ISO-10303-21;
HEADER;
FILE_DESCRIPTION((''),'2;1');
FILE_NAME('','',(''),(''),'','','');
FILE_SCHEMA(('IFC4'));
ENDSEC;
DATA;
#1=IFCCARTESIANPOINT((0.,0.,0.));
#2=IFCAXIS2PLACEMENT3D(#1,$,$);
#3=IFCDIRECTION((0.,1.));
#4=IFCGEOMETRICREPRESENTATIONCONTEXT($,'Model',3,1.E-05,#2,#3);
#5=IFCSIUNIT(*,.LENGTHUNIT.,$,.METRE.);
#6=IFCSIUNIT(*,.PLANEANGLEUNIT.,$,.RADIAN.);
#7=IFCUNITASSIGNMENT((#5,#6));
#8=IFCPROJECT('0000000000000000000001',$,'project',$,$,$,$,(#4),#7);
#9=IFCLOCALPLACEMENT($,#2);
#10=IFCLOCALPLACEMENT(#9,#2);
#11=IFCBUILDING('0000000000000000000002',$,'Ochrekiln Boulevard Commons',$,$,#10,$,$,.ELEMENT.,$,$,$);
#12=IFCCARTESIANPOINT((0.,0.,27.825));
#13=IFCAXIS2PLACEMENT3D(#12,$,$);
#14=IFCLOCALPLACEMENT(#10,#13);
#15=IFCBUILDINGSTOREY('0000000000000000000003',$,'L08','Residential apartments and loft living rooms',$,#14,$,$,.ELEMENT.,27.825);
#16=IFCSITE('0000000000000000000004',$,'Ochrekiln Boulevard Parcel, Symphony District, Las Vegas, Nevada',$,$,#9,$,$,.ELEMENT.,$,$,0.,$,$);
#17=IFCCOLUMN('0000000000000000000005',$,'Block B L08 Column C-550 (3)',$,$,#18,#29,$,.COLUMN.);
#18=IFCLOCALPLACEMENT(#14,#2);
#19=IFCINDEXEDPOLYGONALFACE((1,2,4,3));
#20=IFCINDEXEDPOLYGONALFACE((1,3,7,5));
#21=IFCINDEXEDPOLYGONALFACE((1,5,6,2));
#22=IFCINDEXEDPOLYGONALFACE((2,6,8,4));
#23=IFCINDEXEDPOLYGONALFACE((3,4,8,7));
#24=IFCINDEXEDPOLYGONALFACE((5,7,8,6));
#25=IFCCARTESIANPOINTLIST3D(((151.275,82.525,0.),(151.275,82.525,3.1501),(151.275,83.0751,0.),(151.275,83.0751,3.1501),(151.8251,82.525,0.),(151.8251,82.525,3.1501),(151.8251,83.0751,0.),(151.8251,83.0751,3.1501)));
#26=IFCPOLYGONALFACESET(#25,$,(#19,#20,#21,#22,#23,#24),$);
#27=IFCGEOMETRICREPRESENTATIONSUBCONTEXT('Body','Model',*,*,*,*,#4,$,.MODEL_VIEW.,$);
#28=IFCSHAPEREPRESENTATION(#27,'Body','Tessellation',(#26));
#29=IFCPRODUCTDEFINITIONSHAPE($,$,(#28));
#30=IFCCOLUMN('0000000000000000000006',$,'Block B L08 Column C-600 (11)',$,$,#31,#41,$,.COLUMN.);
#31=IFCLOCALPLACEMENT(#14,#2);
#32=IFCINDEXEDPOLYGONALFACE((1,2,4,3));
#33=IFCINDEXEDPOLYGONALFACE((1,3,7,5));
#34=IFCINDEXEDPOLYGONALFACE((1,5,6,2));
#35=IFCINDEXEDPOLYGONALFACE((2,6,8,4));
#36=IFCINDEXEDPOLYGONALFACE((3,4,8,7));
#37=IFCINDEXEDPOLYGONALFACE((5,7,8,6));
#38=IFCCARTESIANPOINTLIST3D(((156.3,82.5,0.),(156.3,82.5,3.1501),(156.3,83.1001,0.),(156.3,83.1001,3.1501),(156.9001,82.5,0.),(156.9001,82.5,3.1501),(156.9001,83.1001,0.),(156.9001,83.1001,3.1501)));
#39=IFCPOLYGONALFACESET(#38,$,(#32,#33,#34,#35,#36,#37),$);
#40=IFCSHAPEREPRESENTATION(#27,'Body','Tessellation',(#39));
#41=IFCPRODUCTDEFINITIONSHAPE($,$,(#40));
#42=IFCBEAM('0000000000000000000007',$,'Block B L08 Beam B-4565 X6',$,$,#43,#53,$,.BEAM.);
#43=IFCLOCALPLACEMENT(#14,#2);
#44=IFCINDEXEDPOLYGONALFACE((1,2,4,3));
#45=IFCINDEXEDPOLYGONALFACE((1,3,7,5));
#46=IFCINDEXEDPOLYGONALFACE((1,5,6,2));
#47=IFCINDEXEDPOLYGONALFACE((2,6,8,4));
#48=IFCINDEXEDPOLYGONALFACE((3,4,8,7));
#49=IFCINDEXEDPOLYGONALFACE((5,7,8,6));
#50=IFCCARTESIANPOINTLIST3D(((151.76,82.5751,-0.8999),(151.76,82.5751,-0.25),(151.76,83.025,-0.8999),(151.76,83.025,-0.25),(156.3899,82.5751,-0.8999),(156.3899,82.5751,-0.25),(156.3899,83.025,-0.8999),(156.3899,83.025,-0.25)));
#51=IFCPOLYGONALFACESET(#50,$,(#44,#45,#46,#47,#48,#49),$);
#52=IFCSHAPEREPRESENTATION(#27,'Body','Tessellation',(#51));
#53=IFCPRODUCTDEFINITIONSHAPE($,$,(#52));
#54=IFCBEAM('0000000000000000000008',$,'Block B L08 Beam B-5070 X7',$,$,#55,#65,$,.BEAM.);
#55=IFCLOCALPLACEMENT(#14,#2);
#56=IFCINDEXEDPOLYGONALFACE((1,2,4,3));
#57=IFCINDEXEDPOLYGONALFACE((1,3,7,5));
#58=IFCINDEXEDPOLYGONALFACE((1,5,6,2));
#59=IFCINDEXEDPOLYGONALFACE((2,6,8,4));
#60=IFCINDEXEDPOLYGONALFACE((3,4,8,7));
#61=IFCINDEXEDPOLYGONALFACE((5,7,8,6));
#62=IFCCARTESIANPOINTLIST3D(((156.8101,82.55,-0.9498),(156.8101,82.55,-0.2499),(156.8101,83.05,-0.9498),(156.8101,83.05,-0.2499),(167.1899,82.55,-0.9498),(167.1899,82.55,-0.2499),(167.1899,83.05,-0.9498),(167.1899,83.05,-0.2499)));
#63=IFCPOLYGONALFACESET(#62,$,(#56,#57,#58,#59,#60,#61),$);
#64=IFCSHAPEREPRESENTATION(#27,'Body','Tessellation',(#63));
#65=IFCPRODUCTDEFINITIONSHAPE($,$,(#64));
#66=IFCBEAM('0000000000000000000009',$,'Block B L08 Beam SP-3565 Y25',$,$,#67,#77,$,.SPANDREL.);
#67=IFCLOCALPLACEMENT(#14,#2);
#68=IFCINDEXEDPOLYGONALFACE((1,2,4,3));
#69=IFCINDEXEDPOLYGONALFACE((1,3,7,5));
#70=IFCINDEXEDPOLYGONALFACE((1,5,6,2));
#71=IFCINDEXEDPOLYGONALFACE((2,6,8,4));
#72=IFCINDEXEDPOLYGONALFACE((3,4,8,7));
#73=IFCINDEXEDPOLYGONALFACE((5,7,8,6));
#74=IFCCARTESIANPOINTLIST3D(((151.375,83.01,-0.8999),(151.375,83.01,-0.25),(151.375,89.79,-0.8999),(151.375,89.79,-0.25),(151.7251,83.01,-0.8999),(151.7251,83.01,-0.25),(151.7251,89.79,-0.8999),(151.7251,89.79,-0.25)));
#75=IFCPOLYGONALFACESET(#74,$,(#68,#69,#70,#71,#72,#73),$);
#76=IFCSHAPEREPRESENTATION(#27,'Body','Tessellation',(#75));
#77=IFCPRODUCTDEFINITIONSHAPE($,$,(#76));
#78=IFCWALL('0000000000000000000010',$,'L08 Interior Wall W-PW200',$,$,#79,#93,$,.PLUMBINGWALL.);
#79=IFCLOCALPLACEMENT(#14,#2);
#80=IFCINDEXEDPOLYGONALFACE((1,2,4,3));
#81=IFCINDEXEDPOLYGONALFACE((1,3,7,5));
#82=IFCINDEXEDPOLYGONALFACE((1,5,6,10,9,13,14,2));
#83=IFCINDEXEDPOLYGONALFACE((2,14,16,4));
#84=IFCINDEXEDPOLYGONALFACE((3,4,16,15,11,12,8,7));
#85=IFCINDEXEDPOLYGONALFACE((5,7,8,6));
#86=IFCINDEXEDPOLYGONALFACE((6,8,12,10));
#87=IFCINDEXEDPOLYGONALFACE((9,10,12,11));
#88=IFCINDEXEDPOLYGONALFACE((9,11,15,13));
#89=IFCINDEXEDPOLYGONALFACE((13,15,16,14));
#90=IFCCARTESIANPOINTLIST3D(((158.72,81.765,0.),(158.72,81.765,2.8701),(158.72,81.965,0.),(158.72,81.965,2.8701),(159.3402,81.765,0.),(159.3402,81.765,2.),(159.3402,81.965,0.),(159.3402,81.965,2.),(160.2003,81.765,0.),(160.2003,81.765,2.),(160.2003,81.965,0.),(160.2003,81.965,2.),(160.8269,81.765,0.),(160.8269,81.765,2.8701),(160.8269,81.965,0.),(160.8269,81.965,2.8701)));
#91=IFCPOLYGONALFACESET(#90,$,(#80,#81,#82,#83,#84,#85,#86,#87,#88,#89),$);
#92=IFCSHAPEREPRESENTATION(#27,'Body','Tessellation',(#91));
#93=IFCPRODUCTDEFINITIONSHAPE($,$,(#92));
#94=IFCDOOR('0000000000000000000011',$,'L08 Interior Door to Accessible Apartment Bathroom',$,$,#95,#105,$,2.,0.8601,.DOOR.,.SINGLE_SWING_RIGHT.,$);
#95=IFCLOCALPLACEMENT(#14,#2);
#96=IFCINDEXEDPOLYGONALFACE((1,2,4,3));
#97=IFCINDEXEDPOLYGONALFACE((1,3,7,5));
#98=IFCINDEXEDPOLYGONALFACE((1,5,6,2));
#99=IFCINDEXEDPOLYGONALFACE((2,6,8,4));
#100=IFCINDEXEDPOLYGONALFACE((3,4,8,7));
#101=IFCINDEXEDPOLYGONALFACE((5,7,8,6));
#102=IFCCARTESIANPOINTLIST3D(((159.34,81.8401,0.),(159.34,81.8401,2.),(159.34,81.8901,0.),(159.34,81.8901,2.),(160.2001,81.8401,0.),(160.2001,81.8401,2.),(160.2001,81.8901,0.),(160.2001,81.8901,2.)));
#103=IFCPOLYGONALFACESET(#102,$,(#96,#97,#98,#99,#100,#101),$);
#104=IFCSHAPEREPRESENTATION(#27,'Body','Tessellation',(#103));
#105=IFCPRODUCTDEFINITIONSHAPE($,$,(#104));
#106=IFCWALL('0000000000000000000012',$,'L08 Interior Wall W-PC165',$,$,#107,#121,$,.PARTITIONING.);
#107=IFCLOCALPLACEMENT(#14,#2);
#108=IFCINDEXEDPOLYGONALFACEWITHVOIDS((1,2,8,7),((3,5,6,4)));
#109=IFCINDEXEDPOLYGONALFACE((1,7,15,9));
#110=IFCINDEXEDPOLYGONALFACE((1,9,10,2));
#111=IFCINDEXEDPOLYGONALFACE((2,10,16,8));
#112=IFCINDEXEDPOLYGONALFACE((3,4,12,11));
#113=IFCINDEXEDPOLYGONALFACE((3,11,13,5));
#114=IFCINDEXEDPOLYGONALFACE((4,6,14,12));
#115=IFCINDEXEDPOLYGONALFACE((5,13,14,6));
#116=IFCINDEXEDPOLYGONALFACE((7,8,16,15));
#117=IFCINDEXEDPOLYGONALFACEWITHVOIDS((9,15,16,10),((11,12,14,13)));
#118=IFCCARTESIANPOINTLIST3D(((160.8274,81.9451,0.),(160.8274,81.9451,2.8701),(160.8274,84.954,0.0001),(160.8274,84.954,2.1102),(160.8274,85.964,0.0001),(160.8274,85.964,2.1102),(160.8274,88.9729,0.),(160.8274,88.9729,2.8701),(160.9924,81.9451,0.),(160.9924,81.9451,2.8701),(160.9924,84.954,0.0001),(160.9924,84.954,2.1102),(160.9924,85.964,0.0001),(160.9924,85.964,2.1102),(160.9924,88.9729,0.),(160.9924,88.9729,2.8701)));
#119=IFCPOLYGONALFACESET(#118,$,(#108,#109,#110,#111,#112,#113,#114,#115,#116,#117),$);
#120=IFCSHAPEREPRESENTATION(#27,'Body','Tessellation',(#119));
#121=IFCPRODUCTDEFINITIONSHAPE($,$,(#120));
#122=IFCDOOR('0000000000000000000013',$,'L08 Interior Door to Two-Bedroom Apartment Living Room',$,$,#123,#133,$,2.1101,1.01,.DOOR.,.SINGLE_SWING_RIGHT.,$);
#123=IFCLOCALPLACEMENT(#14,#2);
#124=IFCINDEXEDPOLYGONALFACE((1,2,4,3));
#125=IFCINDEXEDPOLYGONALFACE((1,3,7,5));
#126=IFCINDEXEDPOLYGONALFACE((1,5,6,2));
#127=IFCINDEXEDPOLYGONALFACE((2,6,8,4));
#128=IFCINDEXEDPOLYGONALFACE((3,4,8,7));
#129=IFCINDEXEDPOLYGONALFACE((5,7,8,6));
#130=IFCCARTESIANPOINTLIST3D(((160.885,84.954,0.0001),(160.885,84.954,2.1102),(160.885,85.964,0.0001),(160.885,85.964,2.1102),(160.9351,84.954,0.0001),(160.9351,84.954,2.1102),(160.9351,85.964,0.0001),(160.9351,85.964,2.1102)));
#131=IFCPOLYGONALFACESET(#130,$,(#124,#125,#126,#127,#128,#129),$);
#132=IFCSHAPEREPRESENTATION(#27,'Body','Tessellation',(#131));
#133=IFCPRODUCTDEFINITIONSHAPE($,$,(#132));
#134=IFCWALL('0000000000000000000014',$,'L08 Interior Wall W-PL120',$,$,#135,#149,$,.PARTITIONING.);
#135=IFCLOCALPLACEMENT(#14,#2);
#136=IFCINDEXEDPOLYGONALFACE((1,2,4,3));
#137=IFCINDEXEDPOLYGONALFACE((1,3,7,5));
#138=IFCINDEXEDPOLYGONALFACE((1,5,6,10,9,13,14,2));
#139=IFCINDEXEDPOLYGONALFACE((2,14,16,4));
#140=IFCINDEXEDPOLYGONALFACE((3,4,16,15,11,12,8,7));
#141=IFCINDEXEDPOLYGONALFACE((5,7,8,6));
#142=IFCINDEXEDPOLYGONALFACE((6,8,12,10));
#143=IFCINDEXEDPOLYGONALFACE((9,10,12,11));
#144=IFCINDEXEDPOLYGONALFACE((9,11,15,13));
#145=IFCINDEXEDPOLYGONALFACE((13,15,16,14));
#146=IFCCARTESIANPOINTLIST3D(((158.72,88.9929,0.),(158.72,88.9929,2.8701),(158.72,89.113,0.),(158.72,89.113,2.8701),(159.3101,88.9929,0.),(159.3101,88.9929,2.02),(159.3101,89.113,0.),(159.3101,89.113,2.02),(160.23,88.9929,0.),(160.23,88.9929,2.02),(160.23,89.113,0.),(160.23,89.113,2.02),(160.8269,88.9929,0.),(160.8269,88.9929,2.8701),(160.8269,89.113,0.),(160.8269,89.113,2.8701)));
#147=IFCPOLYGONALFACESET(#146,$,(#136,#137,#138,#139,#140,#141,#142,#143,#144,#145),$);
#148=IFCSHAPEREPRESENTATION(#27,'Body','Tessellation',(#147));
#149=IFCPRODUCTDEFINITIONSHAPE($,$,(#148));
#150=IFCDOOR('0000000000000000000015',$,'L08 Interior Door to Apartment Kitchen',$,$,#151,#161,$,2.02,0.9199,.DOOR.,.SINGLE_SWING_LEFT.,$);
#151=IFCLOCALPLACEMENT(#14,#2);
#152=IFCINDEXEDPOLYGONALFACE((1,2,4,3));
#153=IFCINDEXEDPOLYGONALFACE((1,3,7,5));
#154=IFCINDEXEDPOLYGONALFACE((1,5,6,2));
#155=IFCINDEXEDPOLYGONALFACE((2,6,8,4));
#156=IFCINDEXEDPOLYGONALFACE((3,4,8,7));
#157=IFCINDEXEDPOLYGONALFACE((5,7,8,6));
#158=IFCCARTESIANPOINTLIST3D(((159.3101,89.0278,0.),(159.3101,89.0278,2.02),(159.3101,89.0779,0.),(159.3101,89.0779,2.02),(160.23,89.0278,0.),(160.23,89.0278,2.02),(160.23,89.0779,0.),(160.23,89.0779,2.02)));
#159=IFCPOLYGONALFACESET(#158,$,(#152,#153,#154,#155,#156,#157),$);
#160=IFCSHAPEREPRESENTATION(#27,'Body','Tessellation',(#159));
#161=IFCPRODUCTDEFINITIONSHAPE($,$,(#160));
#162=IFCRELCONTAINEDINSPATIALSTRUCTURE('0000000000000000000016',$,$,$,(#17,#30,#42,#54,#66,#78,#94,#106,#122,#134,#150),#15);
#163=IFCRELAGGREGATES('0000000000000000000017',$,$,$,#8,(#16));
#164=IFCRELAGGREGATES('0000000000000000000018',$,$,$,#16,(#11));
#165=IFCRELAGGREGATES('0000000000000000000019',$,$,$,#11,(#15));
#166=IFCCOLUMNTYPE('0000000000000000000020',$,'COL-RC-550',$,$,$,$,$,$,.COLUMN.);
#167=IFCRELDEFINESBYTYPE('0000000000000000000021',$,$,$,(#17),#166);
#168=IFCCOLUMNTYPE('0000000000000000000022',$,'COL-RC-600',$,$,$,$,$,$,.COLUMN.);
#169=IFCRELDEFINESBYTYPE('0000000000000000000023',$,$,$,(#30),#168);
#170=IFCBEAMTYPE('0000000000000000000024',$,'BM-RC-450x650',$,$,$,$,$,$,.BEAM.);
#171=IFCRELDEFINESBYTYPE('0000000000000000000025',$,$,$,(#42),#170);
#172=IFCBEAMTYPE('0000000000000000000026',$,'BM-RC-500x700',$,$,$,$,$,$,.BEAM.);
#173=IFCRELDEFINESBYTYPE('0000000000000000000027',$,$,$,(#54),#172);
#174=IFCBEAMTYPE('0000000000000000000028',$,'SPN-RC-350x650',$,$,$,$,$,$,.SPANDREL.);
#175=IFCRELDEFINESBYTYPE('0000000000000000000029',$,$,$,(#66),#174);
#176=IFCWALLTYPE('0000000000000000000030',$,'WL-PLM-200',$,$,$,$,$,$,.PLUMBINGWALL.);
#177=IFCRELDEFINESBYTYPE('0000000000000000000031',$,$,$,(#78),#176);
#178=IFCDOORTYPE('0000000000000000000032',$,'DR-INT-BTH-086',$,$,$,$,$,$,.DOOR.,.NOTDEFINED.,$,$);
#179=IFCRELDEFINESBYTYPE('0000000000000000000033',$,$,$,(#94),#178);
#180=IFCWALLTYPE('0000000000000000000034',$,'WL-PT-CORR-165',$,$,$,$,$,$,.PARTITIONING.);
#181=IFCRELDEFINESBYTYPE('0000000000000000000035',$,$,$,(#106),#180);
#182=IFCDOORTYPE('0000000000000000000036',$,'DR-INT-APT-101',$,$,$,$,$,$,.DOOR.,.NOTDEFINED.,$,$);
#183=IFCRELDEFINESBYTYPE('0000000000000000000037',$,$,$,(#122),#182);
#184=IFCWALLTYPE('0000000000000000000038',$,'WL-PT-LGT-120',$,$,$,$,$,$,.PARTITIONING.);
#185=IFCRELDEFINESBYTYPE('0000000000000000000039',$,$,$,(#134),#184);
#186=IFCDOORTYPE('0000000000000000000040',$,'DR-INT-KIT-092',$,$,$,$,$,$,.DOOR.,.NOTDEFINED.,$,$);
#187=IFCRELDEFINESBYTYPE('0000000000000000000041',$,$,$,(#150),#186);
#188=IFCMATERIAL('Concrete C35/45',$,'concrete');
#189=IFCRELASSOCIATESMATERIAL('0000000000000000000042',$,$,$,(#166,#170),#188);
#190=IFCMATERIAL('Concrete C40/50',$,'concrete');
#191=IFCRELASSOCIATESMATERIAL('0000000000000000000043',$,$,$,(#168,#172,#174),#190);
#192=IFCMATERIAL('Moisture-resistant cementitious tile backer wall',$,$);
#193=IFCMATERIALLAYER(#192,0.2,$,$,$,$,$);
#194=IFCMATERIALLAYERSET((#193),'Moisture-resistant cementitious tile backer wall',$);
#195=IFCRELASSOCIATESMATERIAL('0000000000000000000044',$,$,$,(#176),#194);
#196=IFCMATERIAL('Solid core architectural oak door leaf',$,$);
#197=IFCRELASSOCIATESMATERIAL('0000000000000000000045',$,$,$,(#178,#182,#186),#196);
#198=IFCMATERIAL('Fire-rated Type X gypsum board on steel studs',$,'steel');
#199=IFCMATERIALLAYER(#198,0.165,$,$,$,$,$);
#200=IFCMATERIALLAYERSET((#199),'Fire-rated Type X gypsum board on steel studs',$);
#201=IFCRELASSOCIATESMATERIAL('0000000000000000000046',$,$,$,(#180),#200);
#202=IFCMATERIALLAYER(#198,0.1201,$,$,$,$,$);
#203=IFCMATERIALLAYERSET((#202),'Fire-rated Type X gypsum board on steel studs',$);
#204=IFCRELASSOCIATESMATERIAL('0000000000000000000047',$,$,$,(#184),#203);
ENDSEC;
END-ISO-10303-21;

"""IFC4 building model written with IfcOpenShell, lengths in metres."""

from ifc_helpers import new_model, si_unit, direction, frame, frame_2d, origin, origin_2d, place, context, subcontext, project, spatial, rectangle, extrude, material, layer, layer_set, material_profile, profile_set, type_object, element, fill, save


model = new_model("IFC4")

# Units and contexts
model_context = context("Model", 3, precision=1e-05, world=origin(), true_north=direction((0.0, 1.0)))
body_context = subcontext(model_context, "Body", "Model", "MODEL_VIEW")
ifc_project = project(units=[si_unit("LENGTHUNIT", "METRE"), si_unit("PLANEANGLEUNIT", "RADIAN")], contexts=[model_context])

# Site, building, storey
site_placement = place(None, origin())
site = spatial("IfcSite", under=ifc_project, at=site_placement, Name="Ochrekiln Boulevard Parcel, Symphony District, Las Vegas, Nevada", CompositionType="ELEMENT", RefElevation=0.0)
building_placement = place(site_placement, origin())
building = spatial("IfcBuilding", under=site, at=building_placement, Name="Ochrekiln Boulevard Commons", CompositionType="ELEMENT")
storey_placement = place(building_placement, frame((0.0, 0.0, 27.825)))
storey = spatial("IfcBuildingStorey", under=building, at=storey_placement, Name="L08", Description="Residential apartments and loft living rooms", CompositionType="ELEMENT", Elevation=27.825)

# Columns
ifc_material_1 = material(Name="Concrete C35/45", Category="concrete")
ifc_material_profile_1 = material_profile(ifc_material_1, rectangle(XDim=0.55, YDim=0.55, at=origin_2d()), Name="RC-COL-550x550")
ifc_profile_set_1 = profile_set([ifc_material_profile_1], Name="Concrete C35/45")
column_type_1 = type_object("IfcColumnType", Name="COL-RC-550", PredefinedType="COLUMN", material=ifc_profile_set_1)
column_1_placement = place(storey_placement, frame((151.55, 82.8, 0.0), z_axis=(0.0, 0.0, 1.0), x_axis=(1.0, 0.0, 0.0)))
element("IfcColumn", 1, at=column_1_placement, inside=storey, type_object=column_type_1, Name="Block B L08 Column C-550 (3)", PredefinedType="COLUMN", context=body_context, shape_type="SweptSolid", body=[
    extrude(rectangle(XDim=0.55, YDim=0.55, at=origin_2d()), origin(), (0.0, 0.0, 1.0), 3.1501),
])
ifc_material_2 = material(Name="Concrete C40/50", Category="concrete")
ifc_material_profile_2 = material_profile(ifc_material_2, rectangle(XDim=0.6001, YDim=0.6001, at=origin_2d()), Name="RC-COL-600x600")
ifc_profile_set_2 = profile_set([ifc_material_profile_2], Name="Concrete C40/50")
column_type_2 = type_object("IfcColumnType", Name="COL-RC-600", PredefinedType="COLUMN", material=ifc_profile_set_2)
column_2_placement = place(storey_placement, frame((156.6001, 82.8, 0.0), z_axis=(0.0, 0.0, 1.0), x_axis=(1.0, 0.0, 0.0)))
element("IfcColumn", 2, at=column_2_placement, inside=storey, type_object=column_type_2, Name="Block B L08 Column C-600 (11)", PredefinedType="COLUMN", context=body_context, shape_type="SweptSolid", body=[
    extrude(rectangle(XDim=0.6001, YDim=0.6001, at=origin_2d()), origin(), (0.0, 0.0, 1.0), 3.1501),
])

# Beams
ifc_material_profile_3 = material_profile(ifc_material_1, rectangle(XDim=0.45, YDim=0.6499, at=origin_2d()), Name="RC-BM-450x650")
ifc_profile_set_3 = profile_set([ifc_material_profile_3], Name="Concrete C35/45")
beam_type_1 = type_object("IfcBeamType", Name="BM-RC-450x650", PredefinedType="BEAM", material=ifc_profile_set_3)
beam_1_placement = place(storey_placement, frame((151.76, 82.8, -0.575), z_axis=(1.0, 0.0, 0.0), x_axis=(0.0, 1.0, 0.0)))
element("IfcBeam", 3, at=beam_1_placement, inside=storey, type_object=beam_type_1, Name="Block B L08 Beam B-4565 X6", PredefinedType="BEAM", context=body_context, shape_type="SweptSolid", body=[
    extrude(rectangle(XDim=0.45, YDim=0.6499, at=origin_2d()), origin(), (0.0, 0.0, 1.0), 4.6299),
])
ifc_material_profile_4 = material_profile(ifc_material_2, rectangle(XDim=0.5, YDim=0.7, at=origin_2d()), Name="RC-BM-500x700")
ifc_profile_set_4 = profile_set([ifc_material_profile_4], Name="Concrete C40/50")
beam_type_2 = type_object("IfcBeamType", Name="BM-RC-500x700", PredefinedType="BEAM", material=ifc_profile_set_4)
beam_2_placement = place(storey_placement, frame((156.8101, 82.8, -0.5999), z_axis=(1.0, 0.0, 0.0), x_axis=(0.0, 1.0, 0.0)))
element("IfcBeam", 4, at=beam_2_placement, inside=storey, type_object=beam_type_2, Name="Block B L08 Beam B-5070 X7", PredefinedType="BEAM", context=body_context, shape_type="SweptSolid", body=[
    extrude(rectangle(XDim=0.5, YDim=0.7, at=origin_2d()), origin(), (0.0, 0.0, 1.0), 10.3799),
])
ifc_material_profile_5 = material_profile(ifc_material_2, rectangle(XDim=0.3501, YDim=0.6499, at=origin_2d()), Name="RC-SPN-350x650")
ifc_profile_set_5 = profile_set([ifc_material_profile_5], Name="Concrete C40/50")
beam_type_3 = type_object("IfcBeamType", Name="SPN-RC-350x650", PredefinedType="SPANDREL", material=ifc_profile_set_5)
beam_3_placement = place(storey_placement, frame((151.55, 83.01, -0.575), z_axis=(0.0, 1.0, 0.0), x_axis=(-1.0, 0.0, 0.0)))
element("IfcBeam", 5, at=beam_3_placement, inside=storey, type_object=beam_type_3, Name="Block B L08 Beam SP-3565 Y25", PredefinedType="SPANDREL", context=body_context, shape_type="SweptSolid", body=[
    extrude(rectangle(XDim=0.3501, YDim=0.6499, at=origin_2d()), origin(), (0.0, 0.0, 1.0), 6.78),
])

# Walls, openings, doors
ifc_material_3 = material(Name="Moisture-resistant cementitious tile backer wall")
ifc_layer_1 = layer(ifc_material_3, 0.2)
ifc_layer_set_1 = layer_set([ifc_layer_1], Name="Moisture-resistant cementitious tile backer wall")
wall_type_1 = type_object("IfcWallType", Name="WL-PLM-200", PredefinedType="PLUMBINGWALL", material=ifc_layer_set_1)
wall_1_placement = place(storey_placement, frame((158.72, 81.865, 0.0), z_axis=(0.0, 0.0, 1.0), x_axis=(1.0, 0.0, 0.0)))
wall_1 = element("IfcWall", 6, at=wall_1_placement, inside=storey, type_object=wall_type_1, Name="L08 Interior Wall W-PW200", PredefinedType="PLUMBINGWALL", context=body_context, shape_type="SweptSolid", body=[
    extrude(rectangle(XDim=2.1069, YDim=0.2, at=frame_2d((1.0535, 0.0))), origin(), (0.0, 0.0, 1.0), 2.8701),
])
opening_1_placement = place(wall_1_placement, frame((0.6201, 0.0, 0.0)))
opening_1 = element("IfcOpeningElement", 7, at=opening_1_placement, cuts=wall_1, PredefinedType="OPENING", context=body_context, shape_type="SweptSolid", body=[
    extrude(rectangle(XDim=0.8601, YDim=2.0, at=frame_2d((0.4302, 1.0))), frame((0.0, 0.1099, 0.0), z_axis=(0.0, -1.0, 0.0), x_axis=(1.0, 0.0, 0.0)), (0.0, 0.0, 1.0), 0.22),
])
ifc_material_4 = material(Name="Solid core architectural oak door leaf")
door_type_1 = type_object("IfcDoorType", Name="DR-INT-BTH-086", OperationType="NOTDEFINED", PredefinedType="DOOR", material=ifc_material_4)
door_1_placement = place(opening_1_placement, frame((0.8601, 0.0, 0.0), z_axis=(0.0, 0.0, 1.0), x_axis=(-1.0, 0.0, 0.0)))
door_1 = element("IfcDoor", 8, at=door_1_placement, inside=storey, type_object=door_type_1, Name="L08 Interior Door to Accessible Apartment Bathroom", OperationType="SINGLE_SWING_RIGHT", OverallHeight=2.0, OverallWidth=0.8601, PredefinedType="DOOR", context=body_context, shape_type="SweptSolid", body=[
    extrude(rectangle(XDim=0.8601, YDim=2.0, at=frame_2d((0.4302, 1.0))), frame((0.0, 0.0249, 0.0), z_axis=(0.0, -1.0, 0.0), x_axis=(1.0, 0.0, 0.0)), (0.0, 0.0, 1.0), 0.05),
])
fill(opening_1, door_1)
ifc_material_5 = material(Name="Fire-rated Type X gypsum board on steel studs", Category="steel")
ifc_layer_2 = layer(ifc_material_5, 0.165)
ifc_layer_set_2 = layer_set([ifc_layer_2], Name="Fire-rated Type X gypsum board on steel studs")
wall_type_2 = type_object("IfcWallType", Name="WL-PT-CORR-165", PredefinedType="PARTITIONING", material=ifc_layer_set_2)
wall_2_placement = place(storey_placement, frame((160.9099, 81.9451, 0.0), z_axis=(0.0, 0.0, 1.0), x_axis=(0.0, 1.0, 0.0)))
wall_2 = element("IfcWall", 9, at=wall_2_placement, inside=storey, type_object=wall_type_2, Name="L08 Interior Wall W-PC165", PredefinedType="PARTITIONING", context=body_context, shape_type="SweptSolid", body=[
    extrude(rectangle(XDim=7.0278, YDim=0.165, at=frame_2d((3.5139, 0.0))), origin(), (0.0, 0.0, 1.0), 2.8701),
])
opening_2_placement = place(wall_2_placement, frame((3.009, 0.0, 0.0)))
opening_2 = element("IfcOpeningElement", 10, at=opening_2_placement, cuts=wall_2, PredefinedType="OPENING", context=body_context, shape_type="SweptSolid", body=[
    extrude(rectangle(XDim=1.01, YDim=2.1101, at=frame_2d((0.5049, 1.0552))), frame((0.0, 0.0925, 0.0), z_axis=(0.0, -1.0, 0.0), x_axis=(1.0, 0.0, 0.0)), (0.0, 0.0, 1.0), 0.1851),
])
door_type_2 = type_object("IfcDoorType", Name="DR-INT-APT-101", OperationType="NOTDEFINED", PredefinedType="DOOR", material=ifc_material_4)
door_2_placement = place(opening_2_placement, origin())
door_2 = element("IfcDoor", 11, at=door_2_placement, inside=storey, type_object=door_type_2, Name="L08 Interior Door to Two-Bedroom Apartment Living Room", OperationType="SINGLE_SWING_RIGHT", OverallHeight=2.1101, OverallWidth=1.01, PredefinedType="DOOR", context=body_context, shape_type="SweptSolid", body=[
    extrude(rectangle(XDim=1.01, YDim=2.1101, at=frame_2d((0.5049, 1.0552))), frame((0.0, 0.0249, 0.0), z_axis=(0.0, -1.0, 0.0), x_axis=(1.0, 0.0, 0.0)), (0.0, 0.0, 1.0), 0.05),
])
fill(opening_2, door_2)
ifc_layer_3 = layer(ifc_material_5, 0.1201)
ifc_layer_set_3 = layer_set([ifc_layer_3], Name="Fire-rated Type X gypsum board on steel studs")
wall_type_3 = type_object("IfcWallType", Name="WL-PT-LGT-120", PredefinedType="PARTITIONING", material=ifc_layer_set_3)
wall_3_placement = place(storey_placement, frame((158.72, 89.053, 0.0), z_axis=(0.0, 0.0, 1.0), x_axis=(1.0, 0.0, 0.0)))
wall_3 = element("IfcWall", 12, at=wall_3_placement, inside=storey, type_object=wall_type_3, Name="L08 Interior Wall W-PL120", PredefinedType="PARTITIONING", context=body_context, shape_type="SweptSolid", body=[
    extrude(rectangle(XDim=2.1069, YDim=0.1201, at=frame_2d((1.0535, 0.0))), origin(), (0.0, 0.0, 1.0), 2.8701),
])
opening_3_placement = place(wall_3_placement, frame((0.5901, 0.0, 0.0)))
opening_3 = element("IfcOpeningElement", 13, at=opening_3_placement, cuts=wall_3, PredefinedType="OPENING", context=body_context, shape_type="SweptSolid", body=[
    extrude(rectangle(XDim=0.9199, YDim=2.02, at=frame_2d((0.46, 1.01))), frame((0.0, 0.0701, 0.0), z_axis=(0.0, -1.0, 0.0), x_axis=(1.0, 0.0, 0.0)), (0.0, 0.0, 1.0), 0.1401),
])
door_type_3 = type_object("IfcDoorType", Name="DR-INT-KIT-092", OperationType="NOTDEFINED", PredefinedType="DOOR", material=ifc_material_4)
door_3_placement = place(opening_3_placement, origin())
door_3 = element("IfcDoor", 14, at=door_3_placement, inside=storey, type_object=door_type_3, Name="L08 Interior Door to Apartment Kitchen", OperationType="SINGLE_SWING_LEFT", OverallHeight=2.02, OverallWidth=0.9199, PredefinedType="DOOR", context=body_context, shape_type="SweptSolid", body=[
    extrude(rectangle(XDim=0.9199, YDim=2.02, at=frame_2d((0.46, 1.01))), frame((0.0, 0.0249, 0.0), z_axis=(0.0, -1.0, 0.0), x_axis=(1.0, 0.0, 0.0)), (0.0, 0.0, 1.0), 0.05),
])
fill(opening_3, door_3)

save(model, "model.ifc")
